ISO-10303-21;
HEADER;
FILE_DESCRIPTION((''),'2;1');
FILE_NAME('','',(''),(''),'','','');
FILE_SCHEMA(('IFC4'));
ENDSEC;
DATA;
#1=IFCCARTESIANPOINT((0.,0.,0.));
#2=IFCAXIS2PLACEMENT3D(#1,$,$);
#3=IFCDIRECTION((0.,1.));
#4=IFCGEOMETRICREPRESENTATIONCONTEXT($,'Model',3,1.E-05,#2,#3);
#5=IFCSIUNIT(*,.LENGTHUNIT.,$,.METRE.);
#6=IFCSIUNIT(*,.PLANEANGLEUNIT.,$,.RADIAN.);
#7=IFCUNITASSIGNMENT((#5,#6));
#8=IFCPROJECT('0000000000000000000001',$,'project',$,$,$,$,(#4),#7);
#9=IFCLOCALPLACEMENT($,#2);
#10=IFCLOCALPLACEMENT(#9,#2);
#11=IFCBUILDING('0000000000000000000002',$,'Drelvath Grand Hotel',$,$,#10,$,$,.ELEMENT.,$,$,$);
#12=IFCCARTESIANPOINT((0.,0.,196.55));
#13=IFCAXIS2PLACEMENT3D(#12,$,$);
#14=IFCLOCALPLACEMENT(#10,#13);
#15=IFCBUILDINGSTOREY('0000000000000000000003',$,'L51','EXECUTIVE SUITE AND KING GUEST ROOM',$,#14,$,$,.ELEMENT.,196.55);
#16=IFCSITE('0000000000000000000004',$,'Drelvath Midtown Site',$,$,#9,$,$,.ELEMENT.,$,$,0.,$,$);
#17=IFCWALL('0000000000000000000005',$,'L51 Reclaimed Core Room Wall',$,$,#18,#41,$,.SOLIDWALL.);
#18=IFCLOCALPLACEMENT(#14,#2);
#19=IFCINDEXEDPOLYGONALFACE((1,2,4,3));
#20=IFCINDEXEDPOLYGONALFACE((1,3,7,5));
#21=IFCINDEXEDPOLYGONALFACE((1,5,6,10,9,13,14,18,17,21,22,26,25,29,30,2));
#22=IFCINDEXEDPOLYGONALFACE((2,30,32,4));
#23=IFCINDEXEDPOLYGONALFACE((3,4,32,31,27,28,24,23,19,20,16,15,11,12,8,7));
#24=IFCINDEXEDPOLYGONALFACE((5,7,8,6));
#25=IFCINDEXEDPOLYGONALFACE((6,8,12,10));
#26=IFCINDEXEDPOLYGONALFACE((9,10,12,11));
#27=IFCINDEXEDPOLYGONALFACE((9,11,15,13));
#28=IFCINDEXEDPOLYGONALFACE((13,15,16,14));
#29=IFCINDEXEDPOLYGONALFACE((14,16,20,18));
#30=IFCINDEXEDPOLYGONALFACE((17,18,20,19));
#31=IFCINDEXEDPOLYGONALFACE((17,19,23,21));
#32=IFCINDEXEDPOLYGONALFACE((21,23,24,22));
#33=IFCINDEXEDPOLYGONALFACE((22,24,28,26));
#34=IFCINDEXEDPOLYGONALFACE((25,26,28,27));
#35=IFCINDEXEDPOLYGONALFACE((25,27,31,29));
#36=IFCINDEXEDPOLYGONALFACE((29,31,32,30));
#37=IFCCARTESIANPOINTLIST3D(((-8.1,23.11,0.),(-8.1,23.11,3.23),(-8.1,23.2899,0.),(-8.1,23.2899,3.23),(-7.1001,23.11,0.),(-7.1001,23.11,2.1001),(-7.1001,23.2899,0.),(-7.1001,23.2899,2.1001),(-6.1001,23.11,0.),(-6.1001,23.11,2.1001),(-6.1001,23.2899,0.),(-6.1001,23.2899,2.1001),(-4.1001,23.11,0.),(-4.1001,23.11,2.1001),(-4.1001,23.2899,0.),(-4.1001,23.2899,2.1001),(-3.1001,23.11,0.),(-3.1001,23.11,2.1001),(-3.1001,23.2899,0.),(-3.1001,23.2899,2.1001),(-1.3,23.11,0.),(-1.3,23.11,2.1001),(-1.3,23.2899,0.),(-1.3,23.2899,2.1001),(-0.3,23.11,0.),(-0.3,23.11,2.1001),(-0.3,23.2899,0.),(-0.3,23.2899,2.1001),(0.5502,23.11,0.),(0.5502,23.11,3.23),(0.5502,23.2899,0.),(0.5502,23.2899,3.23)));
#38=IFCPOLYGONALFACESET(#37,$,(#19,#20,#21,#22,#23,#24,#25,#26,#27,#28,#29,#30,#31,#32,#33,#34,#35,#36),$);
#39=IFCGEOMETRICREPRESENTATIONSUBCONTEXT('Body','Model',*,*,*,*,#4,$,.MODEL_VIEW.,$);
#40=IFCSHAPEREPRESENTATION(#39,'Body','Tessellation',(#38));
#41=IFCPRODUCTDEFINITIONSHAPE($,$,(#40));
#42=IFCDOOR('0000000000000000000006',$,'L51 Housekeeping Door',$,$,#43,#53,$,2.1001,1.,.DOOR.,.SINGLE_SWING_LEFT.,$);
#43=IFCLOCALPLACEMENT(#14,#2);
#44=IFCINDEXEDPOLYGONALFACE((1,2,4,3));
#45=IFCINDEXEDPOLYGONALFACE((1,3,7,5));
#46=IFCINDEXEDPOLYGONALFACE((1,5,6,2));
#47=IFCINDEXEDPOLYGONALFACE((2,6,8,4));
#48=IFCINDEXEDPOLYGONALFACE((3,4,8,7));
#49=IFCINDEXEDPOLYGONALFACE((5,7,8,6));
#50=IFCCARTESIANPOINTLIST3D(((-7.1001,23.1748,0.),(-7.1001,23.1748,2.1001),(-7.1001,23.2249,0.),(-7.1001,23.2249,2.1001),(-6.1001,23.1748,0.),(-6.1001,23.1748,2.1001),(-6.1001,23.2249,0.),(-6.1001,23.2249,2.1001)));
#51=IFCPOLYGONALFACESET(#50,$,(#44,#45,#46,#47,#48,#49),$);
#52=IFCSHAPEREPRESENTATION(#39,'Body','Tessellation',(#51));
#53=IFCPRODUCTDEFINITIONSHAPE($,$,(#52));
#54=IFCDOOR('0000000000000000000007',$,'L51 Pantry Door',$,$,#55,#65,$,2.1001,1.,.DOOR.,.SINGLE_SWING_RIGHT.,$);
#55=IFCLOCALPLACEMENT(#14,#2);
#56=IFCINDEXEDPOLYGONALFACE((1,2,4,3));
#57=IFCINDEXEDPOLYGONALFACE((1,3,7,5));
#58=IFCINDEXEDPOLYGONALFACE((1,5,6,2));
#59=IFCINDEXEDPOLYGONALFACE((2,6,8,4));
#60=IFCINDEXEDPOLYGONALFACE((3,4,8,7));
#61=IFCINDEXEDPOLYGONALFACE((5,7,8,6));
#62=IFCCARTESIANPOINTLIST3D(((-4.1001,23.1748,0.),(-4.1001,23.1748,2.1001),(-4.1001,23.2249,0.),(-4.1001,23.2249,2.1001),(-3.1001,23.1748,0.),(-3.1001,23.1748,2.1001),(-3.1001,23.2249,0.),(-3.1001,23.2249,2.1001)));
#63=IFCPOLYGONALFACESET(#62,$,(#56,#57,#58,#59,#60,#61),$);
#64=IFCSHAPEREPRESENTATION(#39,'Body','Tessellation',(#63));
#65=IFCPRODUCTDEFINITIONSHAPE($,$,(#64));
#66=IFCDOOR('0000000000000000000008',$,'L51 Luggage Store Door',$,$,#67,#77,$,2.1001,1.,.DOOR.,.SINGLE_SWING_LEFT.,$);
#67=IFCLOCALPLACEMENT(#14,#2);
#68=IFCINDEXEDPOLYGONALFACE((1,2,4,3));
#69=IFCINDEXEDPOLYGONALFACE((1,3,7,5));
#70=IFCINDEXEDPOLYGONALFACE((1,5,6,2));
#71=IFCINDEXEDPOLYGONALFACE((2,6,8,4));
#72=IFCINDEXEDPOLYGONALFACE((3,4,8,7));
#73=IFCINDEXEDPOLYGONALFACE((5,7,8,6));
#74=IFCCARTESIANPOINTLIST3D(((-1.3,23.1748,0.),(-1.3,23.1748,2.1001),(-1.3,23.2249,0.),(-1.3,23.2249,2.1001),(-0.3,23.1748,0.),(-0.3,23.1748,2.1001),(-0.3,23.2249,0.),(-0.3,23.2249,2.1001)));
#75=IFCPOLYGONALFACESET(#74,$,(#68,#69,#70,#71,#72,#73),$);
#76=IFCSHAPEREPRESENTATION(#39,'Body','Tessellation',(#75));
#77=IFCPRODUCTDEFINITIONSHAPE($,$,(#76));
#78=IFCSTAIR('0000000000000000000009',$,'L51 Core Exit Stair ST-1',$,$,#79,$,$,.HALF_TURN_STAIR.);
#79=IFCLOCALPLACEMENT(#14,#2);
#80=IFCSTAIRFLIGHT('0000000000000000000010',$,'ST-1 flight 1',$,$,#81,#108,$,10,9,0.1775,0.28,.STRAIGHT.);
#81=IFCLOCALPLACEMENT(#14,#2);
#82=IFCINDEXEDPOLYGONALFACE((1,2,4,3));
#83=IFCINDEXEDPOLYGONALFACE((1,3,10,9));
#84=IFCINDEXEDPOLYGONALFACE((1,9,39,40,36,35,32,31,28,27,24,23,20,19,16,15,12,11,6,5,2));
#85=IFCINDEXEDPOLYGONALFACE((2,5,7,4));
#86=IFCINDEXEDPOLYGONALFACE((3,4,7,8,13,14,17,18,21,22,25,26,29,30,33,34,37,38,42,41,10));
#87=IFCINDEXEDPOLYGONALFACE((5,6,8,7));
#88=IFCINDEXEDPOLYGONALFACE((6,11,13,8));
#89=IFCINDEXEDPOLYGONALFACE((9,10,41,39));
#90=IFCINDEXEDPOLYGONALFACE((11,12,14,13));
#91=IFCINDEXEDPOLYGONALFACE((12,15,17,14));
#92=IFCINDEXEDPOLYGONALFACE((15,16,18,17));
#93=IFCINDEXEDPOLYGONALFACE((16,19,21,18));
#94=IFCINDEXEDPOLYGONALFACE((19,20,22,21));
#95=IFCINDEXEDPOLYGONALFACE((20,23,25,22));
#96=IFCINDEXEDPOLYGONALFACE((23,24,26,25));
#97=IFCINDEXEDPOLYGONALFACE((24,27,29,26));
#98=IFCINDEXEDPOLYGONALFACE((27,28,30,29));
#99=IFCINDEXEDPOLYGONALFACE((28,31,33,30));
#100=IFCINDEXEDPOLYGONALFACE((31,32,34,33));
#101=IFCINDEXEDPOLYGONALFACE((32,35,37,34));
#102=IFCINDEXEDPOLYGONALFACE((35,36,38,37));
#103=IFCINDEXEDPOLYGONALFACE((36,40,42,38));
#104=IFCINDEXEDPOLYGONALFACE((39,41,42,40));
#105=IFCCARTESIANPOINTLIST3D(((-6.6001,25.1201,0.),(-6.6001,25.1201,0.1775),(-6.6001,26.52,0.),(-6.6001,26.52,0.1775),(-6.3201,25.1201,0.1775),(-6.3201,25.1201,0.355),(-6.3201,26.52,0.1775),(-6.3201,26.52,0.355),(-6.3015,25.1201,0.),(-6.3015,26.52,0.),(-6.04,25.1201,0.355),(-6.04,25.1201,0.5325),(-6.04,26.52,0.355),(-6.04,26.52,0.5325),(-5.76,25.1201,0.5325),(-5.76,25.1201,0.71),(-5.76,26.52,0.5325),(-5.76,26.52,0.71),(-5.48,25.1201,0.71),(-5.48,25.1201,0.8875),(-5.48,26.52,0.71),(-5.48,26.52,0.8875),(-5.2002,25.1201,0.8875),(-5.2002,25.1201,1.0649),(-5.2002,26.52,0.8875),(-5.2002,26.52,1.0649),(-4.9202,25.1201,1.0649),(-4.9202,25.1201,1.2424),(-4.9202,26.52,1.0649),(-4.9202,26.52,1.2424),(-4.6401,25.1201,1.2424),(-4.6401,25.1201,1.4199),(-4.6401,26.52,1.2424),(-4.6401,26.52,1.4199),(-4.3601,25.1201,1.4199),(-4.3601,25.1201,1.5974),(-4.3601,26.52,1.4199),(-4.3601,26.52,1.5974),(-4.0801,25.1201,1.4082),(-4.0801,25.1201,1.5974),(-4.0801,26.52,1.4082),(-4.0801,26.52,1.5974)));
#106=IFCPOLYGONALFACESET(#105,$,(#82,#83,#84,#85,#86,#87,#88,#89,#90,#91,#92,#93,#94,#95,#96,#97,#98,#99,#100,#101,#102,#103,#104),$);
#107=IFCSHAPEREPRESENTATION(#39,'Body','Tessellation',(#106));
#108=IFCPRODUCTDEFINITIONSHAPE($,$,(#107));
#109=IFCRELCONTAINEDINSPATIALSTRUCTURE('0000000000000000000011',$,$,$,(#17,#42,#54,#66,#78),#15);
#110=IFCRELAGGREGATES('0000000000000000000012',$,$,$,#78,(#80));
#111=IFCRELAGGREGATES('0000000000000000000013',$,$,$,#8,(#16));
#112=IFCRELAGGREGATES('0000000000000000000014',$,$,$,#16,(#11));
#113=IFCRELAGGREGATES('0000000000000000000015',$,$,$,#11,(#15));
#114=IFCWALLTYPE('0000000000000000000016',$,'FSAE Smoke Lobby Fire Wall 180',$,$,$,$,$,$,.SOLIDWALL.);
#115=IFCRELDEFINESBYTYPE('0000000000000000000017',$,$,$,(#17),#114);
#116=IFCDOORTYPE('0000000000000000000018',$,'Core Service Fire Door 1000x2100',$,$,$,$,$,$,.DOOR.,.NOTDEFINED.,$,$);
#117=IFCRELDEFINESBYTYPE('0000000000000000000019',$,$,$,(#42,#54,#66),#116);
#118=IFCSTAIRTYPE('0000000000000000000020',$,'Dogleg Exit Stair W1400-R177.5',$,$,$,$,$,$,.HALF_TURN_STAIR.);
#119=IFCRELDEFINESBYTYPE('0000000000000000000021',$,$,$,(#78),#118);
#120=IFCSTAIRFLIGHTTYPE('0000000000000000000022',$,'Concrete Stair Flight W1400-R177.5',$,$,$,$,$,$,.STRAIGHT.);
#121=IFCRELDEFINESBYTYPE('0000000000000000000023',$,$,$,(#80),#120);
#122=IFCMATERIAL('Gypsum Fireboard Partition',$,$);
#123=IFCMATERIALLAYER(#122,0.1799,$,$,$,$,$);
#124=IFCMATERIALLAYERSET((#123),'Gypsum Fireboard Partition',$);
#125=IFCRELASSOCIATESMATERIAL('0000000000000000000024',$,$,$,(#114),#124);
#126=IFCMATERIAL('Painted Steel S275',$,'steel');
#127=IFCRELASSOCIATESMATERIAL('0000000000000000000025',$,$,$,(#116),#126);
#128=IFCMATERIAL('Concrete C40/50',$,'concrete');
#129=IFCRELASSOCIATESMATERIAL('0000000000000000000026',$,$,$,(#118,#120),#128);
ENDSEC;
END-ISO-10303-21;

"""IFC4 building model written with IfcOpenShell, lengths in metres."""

from ifc_helpers import new_model, si_unit, direction, frame, frame_2d, origin, place, context, subcontext, project, spatial, polyline, rectangle, outline, extrude, material, layer, layer_set, type_object, element, fill, aggregate, save


model = new_model("IFC4")

# Units and contexts
model_context = context("Model", 3, precision=1e-05, world=origin(), true_north=direction((0.0, 1.0)))
body_context = subcontext(model_context, "Body", "Model", "MODEL_VIEW")
ifc_project = project(units=[si_unit("LENGTHUNIT", "METRE"), si_unit("PLANEANGLEUNIT", "RADIAN")], contexts=[model_context])

# Site, building, storey
site_placement = place(None, origin())
site = spatial("IfcSite", under=ifc_project, at=site_placement, Name="Drelvath Midtown Site", CompositionType="ELEMENT", RefElevation=0.0)
building_placement = place(site_placement, origin())
building = spatial("IfcBuilding", under=site, at=building_placement, Name="Drelvath Grand Hotel", CompositionType="ELEMENT")
storey_placement = place(building_placement, frame((0.0, 0.0, 196.55)))
storey = spatial("IfcBuildingStorey", under=building, at=storey_placement, Name="L51", Description="EXECUTIVE SUITE AND KING GUEST ROOM", CompositionType="ELEMENT", Elevation=196.55)

# Shared definitions
ifc_material_1 = material(Name="Concrete C40/50", Category="concrete")
ifc_material_2 = material(Name="Painted Steel S275", Category="steel")

# Wall, openings, doors
ifc_material_3 = material(Name="Gypsum Fireboard Partition")
ifc_layer_1 = layer(ifc_material_3, 0.1799)
ifc_layer_set_1 = layer_set([ifc_layer_1], Name="Gypsum Fireboard Partition")
wall_type_1 = type_object("IfcWallType", Name="FSAE Smoke Lobby Fire Wall 180", PredefinedType="SOLIDWALL", material=ifc_layer_set_1)
wall_1_placement = place(storey_placement, frame((-8.1001, 23.2, 0.0), z_axis=(0.0, 0.0, 1.0), x_axis=(1.0, 0.0, 0.0)))
wall_1 = element("IfcWall", 1, at=wall_1_placement, inside=storey, type_object=wall_type_1, Name="L51 Reclaimed Core Room Wall", PredefinedType="SOLIDWALL", context=body_context, shape_type="SweptSolid", body=[
    extrude(rectangle(XDim=8.6501, YDim=0.1799, at=frame_2d((4.3252, 0.0))), origin(), (0.0, 0.0, 1.0), 3.23),
])
opening_1_placement = place(wall_1_placement, frame((1.0, 0.0, 0.0)))
opening_1 = element("IfcOpeningElement", 2, at=opening_1_placement, cuts=wall_1, PredefinedType="OPENING", context=body_context, shape_type="SweptSolid", body=[
    extrude(rectangle(XDim=1.0, YDim=2.1001, at=frame_2d((0.5, 1.05))), frame((0.0, 0.0999, 0.0), z_axis=(0.0, -1.0, 0.0), x_axis=(1.0, 0.0, 0.0)), (0.0, 0.0, 1.0), 0.2),
])
opening_2_placement = place(wall_1_placement, frame((4.0, 0.0, 0.0)))
opening_2 = element("IfcOpeningElement", 3, at=opening_2_placement, cuts=wall_1, PredefinedType="OPENING", context=body_context, shape_type="SweptSolid", body=[
    extrude(rectangle(XDim=1.0, YDim=2.1001, at=frame_2d((0.5, 1.05))), frame((0.0, 0.0999, 0.0), z_axis=(0.0, -1.0, 0.0), x_axis=(1.0, 0.0, 0.0)), (0.0, 0.0, 1.0), 0.2),
])
opening_3_placement = place(wall_1_placement, frame((6.8, 0.0, 0.0)))
opening_3 = element("IfcOpeningElement", 4, at=opening_3_placement, cuts=wall_1, PredefinedType="OPENING", context=body_context, shape_type="SweptSolid", body=[
    extrude(rectangle(XDim=1.0, YDim=2.1001, at=frame_2d((0.5, 1.05))), frame((0.0, 0.0999, 0.0), z_axis=(0.0, -1.0, 0.0), x_axis=(1.0, 0.0, 0.0)), (0.0, 0.0, 1.0), 0.2),
])
door_type_1 = type_object("IfcDoorType", Name="Core Service Fire Door 1000x2100", OperationType="NOTDEFINED", PredefinedType="DOOR", material=ifc_material_2)
door_1_placement = place(opening_1_placement, origin())
door_1 = element("IfcDoor", 5, at=door_1_placement, inside=storey, type_object=door_type_1, Name="L51 Housekeeping Door", OperationType="SINGLE_SWING_LEFT", OverallHeight=2.1001, OverallWidth=1.0, PredefinedType="DOOR", context=body_context, shape_type="SweptSolid", body=[
    extrude(rectangle(XDim=1.0, YDim=2.1001, at=frame_2d((0.5, 1.05))), frame((0.0, 0.0249, 0.0), z_axis=(0.0, -1.0, 0.0), x_axis=(1.0, 0.0, 0.0)), (0.0, 0.0, 1.0), 0.05),
])
fill(opening_1, door_1)
door_2_placement = place(opening_2_placement, origin())
door_2 = element("IfcDoor", 6, at=door_2_placement, inside=storey, type_object=door_type_1, Name="L51 Pantry Door", OperationType="SINGLE_SWING_RIGHT", OverallHeight=2.1001, OverallWidth=1.0, PredefinedType="DOOR", context=body_context, shape_type="SweptSolid", body=[
    extrude(rectangle(XDim=1.0, YDim=2.1001, at=frame_2d((0.5, 1.05))), frame((0.0, 0.0249, 0.0), z_axis=(0.0, -1.0, 0.0), x_axis=(1.0, 0.0, 0.0)), (0.0, 0.0, 1.0), 0.05),
])
fill(opening_2, door_2)
door_3_placement = place(opening_3_placement, origin())
door_3 = element("IfcDoor", 7, at=door_3_placement, inside=storey, type_object=door_type_1, Name="L51 Luggage Store Door", OperationType="SINGLE_SWING_LEFT", OverallHeight=2.1001, OverallWidth=1.0, PredefinedType="DOOR", context=body_context, shape_type="SweptSolid", body=[
    extrude(rectangle(XDim=1.0, YDim=2.1001, at=frame_2d((0.5, 1.05))), frame((0.0, 0.0249, 0.0), z_axis=(0.0, -1.0, 0.0), x_axis=(1.0, 0.0, 0.0)), (0.0, 0.0, 1.0), 0.05),
])
fill(opening_3, door_3)

# Stair, stair flight
stair_type = type_object("IfcStairType", Name="Dogleg Exit Stair W1400-R177.5", PredefinedType="HALF_TURN_STAIR", material=ifc_material_1)
stair_placement = place(storey_placement, origin())
stair = element("IfcStair", 8, at=stair_placement, inside=storey, type_object=stair_type, Name="L51 Core Exit Stair ST-1", PredefinedType="HALF_TURN_STAIR")
stair_flight_type = type_object("IfcStairFlightType", Name="Concrete Stair Flight W1400-R177.5", PredefinedType="STRAIGHT", material=ifc_material_1)
stair_flight_placement = place(storey_placement, frame((-6.6001, 25.8201, 0.0), z_axis=(0.0, 0.0, 1.0), x_axis=(1.0, 0.0, 0.0)))
stair_flight = element("IfcStairFlight", 9, at=stair_flight_placement, type_object=stair_flight_type, Name="ST-1 flight 1", NumberOfRisers=10, NumberOfTreads=9, PredefinedType="STRAIGHT", RiserHeight=0.1775, TreadLength=0.28, context=body_context, shape_type="SweptSolid", body=[
    extrude(outline(polyline([(0.0, 0.0), (0.0, 0.1775), (0.28, 0.1775), (0.28, 0.355), (0.5601, 0.355), (0.5601, 0.5325), (0.8401, 0.5325), (0.8401, 0.71), (1.1201, 0.71), (1.1201, 0.8875), (1.3999, 0.8875), (1.3999, 1.0649), (1.6799, 1.0649), (1.6799, 1.2424), (1.96, 1.2424), (1.96, 1.4199), (2.24, 1.4199), (2.24, 1.5974), (2.52, 1.5974), (2.52, 1.7749), (2.52, 1.4082), (0.2986, 0.0), (0.0, 0.0)])), frame((0.0, 0.7, 0.0), z_axis=(0.0, -1.0, 0.0), x_axis=(1.0, 0.0, 0.0)), (0.0, 0.0, 1.0), 1.3999),
])
aggregate(stair, [stair_flight])

save(model, "model.ifc")
